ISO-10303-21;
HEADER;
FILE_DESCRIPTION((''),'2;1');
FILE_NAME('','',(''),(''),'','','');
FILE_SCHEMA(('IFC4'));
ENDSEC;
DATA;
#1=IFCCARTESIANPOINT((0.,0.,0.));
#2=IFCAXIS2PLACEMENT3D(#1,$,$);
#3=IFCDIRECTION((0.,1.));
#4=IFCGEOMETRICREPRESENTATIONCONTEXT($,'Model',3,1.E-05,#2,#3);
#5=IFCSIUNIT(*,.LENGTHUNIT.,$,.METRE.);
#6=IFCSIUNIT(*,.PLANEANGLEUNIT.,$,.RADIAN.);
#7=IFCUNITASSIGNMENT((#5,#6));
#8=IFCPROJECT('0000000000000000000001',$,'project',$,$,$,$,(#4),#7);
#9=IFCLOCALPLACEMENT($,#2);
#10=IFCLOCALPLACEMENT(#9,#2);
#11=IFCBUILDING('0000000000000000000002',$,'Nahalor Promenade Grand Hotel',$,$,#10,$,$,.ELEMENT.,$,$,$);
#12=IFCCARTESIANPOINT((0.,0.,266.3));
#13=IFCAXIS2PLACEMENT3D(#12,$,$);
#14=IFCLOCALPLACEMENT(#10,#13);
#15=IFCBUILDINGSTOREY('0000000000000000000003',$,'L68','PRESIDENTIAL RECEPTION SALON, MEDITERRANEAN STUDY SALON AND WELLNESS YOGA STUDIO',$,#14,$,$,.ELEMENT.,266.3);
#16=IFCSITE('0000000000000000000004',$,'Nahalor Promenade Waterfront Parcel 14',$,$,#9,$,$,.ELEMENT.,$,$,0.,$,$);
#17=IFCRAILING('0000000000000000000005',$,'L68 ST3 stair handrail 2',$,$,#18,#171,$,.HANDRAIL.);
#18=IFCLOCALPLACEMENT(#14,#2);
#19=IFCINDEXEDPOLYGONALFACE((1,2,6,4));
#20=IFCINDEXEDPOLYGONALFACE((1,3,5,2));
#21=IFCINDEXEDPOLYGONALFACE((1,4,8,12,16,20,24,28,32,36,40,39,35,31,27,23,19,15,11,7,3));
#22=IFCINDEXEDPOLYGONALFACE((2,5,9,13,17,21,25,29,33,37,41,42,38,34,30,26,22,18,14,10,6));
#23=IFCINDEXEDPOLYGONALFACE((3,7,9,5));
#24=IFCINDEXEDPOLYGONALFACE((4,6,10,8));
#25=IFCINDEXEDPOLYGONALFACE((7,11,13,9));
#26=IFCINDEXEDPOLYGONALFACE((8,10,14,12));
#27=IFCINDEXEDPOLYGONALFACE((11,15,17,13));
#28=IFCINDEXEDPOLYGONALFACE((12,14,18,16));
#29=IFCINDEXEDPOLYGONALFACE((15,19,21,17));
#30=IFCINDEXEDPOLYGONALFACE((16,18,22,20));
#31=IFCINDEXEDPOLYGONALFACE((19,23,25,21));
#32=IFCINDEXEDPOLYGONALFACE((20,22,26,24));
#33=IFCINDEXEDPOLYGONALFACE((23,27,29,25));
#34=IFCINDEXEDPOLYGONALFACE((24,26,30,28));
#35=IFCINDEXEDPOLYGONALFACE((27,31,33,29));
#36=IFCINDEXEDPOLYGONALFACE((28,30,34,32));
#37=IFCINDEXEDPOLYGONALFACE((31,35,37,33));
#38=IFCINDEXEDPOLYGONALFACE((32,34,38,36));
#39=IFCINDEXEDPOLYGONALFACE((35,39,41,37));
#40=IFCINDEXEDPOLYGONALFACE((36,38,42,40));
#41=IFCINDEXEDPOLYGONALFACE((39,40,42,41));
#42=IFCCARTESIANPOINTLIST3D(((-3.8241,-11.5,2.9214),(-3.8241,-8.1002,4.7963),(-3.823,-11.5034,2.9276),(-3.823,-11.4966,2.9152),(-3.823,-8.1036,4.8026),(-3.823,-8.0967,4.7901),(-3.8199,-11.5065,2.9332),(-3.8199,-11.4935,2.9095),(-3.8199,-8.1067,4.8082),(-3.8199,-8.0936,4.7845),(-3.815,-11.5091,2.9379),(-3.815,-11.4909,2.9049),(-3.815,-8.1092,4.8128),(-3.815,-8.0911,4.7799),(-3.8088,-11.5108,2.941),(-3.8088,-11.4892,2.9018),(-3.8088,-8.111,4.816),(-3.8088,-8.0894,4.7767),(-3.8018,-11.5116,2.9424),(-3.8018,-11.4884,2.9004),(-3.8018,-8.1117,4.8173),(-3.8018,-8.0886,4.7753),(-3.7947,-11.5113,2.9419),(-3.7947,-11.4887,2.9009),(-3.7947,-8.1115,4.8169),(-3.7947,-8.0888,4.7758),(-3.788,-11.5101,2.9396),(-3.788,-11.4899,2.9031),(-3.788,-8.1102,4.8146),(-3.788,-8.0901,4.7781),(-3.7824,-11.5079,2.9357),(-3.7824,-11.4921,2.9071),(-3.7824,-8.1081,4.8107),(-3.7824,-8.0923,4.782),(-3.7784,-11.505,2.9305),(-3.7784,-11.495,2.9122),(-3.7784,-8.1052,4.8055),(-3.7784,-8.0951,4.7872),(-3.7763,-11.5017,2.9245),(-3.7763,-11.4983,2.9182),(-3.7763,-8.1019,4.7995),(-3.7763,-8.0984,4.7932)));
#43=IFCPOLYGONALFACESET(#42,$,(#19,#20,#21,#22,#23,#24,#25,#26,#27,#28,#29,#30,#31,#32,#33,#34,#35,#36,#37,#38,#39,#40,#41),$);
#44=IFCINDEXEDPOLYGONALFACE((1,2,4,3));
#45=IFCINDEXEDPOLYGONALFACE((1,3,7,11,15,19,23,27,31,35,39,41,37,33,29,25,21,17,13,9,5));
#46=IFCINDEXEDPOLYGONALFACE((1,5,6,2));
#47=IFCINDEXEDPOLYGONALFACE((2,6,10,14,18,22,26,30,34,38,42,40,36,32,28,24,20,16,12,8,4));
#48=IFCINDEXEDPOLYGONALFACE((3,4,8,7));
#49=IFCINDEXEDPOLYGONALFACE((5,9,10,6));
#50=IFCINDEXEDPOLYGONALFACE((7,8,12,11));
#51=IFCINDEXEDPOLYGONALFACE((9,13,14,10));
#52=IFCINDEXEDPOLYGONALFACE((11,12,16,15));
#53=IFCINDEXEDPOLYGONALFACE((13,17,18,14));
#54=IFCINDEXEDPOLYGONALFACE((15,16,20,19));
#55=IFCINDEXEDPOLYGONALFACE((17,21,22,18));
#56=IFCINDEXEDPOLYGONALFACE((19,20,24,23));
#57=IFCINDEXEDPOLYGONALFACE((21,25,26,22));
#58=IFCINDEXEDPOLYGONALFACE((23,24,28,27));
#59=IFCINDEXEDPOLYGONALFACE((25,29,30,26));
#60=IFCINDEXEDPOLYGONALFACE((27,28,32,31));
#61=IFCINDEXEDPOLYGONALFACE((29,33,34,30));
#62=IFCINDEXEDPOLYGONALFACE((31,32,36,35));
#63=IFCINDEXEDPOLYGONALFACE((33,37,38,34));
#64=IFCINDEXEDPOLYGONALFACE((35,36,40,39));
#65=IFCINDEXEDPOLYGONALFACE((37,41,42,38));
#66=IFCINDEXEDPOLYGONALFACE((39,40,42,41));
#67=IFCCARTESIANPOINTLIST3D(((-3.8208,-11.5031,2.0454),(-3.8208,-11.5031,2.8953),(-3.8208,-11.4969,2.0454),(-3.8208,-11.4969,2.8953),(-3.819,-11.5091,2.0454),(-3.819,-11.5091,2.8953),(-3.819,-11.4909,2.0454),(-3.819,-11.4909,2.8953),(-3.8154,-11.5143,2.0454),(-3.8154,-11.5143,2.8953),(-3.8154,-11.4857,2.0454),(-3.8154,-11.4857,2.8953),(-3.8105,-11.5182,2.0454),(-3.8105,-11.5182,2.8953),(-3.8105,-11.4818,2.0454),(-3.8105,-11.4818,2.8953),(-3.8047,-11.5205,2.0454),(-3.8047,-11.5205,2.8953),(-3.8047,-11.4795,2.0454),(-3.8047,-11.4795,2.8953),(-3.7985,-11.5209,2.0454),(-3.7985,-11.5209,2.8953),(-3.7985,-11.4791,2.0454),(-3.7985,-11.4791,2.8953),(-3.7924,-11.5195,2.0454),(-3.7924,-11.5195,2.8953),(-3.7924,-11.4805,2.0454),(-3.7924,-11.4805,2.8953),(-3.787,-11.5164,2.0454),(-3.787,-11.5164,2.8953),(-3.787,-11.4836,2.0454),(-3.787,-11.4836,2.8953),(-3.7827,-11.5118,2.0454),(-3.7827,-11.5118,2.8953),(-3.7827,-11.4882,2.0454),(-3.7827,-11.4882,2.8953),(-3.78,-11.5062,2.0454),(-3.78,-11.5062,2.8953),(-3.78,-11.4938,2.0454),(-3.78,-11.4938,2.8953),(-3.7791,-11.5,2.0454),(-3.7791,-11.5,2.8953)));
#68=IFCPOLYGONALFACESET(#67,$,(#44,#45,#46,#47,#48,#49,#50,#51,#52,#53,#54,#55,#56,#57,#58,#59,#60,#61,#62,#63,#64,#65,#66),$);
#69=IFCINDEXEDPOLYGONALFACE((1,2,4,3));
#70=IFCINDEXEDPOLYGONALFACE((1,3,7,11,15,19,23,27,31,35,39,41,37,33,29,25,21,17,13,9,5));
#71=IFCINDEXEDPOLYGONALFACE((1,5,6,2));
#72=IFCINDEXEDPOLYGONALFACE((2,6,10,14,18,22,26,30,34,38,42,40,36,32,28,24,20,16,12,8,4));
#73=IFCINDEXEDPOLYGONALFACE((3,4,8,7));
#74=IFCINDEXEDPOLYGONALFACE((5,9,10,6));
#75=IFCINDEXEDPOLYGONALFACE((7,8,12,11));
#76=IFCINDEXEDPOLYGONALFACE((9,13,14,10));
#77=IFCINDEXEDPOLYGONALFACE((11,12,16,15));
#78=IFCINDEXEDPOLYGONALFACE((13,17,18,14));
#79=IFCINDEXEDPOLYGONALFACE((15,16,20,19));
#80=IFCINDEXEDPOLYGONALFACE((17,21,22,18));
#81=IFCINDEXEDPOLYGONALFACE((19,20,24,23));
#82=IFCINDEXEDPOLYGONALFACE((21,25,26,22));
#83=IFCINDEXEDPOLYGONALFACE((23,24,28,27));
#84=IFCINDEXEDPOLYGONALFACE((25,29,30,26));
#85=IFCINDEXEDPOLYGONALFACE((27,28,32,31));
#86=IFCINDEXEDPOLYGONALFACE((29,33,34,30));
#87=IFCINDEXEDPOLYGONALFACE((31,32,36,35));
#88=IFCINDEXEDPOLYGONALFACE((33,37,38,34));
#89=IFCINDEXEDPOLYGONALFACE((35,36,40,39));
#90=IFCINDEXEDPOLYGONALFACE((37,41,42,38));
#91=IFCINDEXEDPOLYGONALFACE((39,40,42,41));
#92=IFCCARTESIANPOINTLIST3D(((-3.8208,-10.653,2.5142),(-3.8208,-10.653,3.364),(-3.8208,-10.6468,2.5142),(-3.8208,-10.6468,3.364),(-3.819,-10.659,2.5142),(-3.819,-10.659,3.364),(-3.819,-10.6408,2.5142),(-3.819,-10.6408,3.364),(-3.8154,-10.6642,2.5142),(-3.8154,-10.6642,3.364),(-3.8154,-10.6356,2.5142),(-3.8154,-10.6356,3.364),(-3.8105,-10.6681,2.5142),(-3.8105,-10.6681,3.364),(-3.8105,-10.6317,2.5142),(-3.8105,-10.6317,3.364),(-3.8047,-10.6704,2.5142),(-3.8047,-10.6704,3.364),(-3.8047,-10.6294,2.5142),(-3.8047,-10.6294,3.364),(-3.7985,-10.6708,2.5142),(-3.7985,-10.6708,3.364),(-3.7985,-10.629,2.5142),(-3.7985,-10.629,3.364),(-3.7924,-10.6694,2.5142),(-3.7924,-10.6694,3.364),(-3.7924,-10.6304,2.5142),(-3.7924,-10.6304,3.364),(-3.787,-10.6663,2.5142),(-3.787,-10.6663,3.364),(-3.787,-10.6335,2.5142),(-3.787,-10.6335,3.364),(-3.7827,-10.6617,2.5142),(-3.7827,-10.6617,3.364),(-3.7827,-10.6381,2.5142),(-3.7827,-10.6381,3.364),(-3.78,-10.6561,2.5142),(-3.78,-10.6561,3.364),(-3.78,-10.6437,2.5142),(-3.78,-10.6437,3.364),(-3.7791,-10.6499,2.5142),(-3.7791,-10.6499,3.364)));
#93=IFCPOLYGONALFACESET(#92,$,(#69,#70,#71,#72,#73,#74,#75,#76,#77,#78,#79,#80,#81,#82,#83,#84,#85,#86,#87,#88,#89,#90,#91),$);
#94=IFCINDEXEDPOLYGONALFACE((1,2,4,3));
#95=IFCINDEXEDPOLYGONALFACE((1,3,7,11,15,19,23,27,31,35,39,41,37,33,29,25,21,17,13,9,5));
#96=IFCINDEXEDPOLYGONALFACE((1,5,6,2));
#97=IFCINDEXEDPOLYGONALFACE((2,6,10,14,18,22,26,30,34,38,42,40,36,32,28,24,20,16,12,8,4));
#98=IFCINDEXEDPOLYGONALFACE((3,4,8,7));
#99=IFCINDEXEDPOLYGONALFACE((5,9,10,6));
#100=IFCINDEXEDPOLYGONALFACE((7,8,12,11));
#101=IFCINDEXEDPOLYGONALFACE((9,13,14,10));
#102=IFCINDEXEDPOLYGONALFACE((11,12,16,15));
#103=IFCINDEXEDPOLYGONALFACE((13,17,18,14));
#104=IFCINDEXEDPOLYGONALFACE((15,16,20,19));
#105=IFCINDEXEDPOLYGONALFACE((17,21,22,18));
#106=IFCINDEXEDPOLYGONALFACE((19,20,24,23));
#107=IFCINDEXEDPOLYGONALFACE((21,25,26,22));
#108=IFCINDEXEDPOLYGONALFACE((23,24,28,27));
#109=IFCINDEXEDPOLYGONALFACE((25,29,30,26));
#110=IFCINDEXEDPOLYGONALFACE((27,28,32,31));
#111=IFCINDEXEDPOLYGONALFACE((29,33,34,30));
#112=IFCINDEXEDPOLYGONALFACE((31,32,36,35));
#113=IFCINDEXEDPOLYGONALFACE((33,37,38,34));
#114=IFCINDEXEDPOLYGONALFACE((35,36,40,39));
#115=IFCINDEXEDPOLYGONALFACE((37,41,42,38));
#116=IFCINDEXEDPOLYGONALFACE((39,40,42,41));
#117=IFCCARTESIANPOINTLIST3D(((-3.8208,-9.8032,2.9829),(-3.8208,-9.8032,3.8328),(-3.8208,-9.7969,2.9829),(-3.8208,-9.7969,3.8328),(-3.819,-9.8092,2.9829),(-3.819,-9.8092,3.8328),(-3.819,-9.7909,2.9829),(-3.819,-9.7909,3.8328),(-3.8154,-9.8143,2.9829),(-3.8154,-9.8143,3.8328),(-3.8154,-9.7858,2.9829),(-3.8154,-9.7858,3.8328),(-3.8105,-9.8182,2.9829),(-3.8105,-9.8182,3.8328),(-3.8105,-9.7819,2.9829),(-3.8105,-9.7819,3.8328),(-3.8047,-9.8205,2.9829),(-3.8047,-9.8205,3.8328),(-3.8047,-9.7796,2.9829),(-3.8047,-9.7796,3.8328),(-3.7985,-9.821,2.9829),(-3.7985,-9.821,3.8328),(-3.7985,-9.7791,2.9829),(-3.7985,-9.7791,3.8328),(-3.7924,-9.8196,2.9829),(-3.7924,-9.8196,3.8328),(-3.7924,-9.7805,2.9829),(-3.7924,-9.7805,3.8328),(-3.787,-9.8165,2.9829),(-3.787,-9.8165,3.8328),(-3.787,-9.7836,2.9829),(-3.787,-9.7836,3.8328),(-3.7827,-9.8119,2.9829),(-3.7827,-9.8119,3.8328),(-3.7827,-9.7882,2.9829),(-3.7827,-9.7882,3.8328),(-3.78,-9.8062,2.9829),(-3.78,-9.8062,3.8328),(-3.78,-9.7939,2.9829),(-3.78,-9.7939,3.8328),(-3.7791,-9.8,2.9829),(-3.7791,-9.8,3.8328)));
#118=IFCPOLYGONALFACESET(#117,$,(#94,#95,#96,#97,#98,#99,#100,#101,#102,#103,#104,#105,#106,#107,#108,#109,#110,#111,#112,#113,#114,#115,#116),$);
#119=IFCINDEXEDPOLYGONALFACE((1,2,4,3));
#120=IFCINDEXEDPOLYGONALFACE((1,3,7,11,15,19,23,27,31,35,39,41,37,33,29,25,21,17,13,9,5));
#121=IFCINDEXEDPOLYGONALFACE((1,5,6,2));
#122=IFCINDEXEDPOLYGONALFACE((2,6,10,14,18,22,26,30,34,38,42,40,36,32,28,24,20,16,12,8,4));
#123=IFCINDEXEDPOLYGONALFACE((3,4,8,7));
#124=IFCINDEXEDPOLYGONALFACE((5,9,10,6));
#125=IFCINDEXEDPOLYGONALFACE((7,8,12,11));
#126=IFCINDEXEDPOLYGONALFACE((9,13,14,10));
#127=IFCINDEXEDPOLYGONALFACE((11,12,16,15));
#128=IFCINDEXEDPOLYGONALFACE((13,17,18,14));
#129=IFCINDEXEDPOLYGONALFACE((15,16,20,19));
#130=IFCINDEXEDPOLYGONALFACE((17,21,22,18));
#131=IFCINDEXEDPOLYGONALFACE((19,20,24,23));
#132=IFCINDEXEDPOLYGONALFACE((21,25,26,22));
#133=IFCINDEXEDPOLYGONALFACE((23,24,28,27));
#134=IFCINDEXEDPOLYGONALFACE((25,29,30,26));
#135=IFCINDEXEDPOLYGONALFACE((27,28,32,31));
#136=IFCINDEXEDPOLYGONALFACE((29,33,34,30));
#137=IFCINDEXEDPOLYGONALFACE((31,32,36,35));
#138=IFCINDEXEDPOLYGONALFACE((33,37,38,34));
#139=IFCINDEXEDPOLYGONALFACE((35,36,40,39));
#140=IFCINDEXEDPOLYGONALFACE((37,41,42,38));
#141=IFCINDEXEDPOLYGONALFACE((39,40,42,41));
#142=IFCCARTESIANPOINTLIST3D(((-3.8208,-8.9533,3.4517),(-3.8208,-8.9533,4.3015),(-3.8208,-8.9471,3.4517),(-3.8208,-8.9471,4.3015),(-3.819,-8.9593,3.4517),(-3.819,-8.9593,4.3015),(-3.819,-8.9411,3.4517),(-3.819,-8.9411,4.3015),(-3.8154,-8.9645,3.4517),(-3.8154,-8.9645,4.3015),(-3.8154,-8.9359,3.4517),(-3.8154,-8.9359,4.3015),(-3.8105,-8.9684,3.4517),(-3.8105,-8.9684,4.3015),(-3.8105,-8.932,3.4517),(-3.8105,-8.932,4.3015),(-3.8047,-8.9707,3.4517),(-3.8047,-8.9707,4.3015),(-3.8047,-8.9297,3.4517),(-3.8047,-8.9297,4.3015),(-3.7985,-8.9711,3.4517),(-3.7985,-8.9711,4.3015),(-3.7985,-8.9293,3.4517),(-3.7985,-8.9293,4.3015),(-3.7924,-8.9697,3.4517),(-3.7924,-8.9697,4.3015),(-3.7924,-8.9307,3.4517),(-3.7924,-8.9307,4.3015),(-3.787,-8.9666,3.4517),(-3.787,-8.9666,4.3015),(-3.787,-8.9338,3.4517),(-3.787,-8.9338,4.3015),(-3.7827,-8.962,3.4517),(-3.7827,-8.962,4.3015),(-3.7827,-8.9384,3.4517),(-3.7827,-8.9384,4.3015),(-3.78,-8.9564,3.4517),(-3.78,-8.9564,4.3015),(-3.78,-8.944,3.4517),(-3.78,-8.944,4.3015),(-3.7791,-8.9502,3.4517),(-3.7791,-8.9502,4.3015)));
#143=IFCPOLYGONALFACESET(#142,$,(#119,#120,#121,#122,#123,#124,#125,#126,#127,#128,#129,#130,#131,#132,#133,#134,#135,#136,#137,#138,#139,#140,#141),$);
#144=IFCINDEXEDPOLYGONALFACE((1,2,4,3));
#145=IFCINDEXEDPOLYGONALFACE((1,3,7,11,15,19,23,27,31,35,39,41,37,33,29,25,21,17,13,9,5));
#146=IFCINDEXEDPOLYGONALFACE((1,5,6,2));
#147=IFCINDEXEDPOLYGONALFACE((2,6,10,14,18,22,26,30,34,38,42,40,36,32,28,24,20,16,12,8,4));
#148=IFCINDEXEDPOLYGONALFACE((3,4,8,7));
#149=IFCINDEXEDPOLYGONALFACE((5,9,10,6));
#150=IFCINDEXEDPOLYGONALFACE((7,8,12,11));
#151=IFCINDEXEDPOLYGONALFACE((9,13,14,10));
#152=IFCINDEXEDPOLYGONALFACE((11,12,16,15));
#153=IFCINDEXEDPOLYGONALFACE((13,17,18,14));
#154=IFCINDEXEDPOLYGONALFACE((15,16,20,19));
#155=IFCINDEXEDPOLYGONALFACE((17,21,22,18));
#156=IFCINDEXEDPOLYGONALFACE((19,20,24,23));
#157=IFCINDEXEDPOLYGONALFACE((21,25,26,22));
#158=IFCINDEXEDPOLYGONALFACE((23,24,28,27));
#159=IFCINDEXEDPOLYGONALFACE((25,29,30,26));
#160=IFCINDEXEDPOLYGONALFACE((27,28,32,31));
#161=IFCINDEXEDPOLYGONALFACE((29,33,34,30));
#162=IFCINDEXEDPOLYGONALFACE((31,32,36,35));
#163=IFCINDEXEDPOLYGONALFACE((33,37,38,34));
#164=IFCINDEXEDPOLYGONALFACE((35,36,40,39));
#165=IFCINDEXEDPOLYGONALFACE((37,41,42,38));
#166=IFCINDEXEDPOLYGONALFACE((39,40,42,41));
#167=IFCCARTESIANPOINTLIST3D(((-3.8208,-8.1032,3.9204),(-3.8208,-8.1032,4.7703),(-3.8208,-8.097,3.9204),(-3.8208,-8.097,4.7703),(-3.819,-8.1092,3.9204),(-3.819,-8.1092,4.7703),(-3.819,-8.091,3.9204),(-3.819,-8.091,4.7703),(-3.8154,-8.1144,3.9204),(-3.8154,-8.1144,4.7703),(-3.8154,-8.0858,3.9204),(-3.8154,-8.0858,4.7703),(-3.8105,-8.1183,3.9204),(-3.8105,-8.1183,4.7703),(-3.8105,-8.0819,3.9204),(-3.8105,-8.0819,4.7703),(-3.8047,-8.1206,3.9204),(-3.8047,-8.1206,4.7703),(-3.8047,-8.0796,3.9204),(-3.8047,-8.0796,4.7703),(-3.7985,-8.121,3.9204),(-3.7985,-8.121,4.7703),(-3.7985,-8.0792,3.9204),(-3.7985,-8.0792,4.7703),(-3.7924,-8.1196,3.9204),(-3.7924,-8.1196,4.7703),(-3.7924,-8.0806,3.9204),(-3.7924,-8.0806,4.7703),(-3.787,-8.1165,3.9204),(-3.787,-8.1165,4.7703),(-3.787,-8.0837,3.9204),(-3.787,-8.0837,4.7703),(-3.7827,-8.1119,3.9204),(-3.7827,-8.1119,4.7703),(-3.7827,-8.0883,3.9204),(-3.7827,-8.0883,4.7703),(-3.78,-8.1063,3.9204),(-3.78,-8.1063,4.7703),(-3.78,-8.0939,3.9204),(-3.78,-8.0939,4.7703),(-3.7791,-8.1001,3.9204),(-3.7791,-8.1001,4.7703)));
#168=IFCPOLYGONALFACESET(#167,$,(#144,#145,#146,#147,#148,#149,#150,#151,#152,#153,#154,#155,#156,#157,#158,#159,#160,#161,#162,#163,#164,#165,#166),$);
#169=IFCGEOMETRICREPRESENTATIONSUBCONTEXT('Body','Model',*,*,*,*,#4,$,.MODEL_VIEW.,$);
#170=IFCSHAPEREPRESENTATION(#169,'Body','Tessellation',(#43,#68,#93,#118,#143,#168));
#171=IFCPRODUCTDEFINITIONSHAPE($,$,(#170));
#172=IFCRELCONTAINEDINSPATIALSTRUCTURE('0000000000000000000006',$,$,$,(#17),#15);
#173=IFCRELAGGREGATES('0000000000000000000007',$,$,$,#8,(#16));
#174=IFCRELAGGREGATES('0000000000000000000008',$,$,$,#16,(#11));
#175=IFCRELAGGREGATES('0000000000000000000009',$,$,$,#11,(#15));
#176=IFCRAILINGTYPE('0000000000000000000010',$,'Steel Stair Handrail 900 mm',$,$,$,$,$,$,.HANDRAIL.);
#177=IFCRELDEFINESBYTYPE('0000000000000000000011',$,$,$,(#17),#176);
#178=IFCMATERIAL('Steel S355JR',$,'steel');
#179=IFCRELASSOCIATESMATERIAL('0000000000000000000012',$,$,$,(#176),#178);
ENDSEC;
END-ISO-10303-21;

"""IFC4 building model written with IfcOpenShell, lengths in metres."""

from ifc_helpers import new_model, si_unit, direction, frame, origin, origin_2d, place, context, subcontext, project, spatial, circle, extrude, material, type_object, element, save


model = new_model("IFC4")

# Units and contexts
model_context = context("Model", 3, precision=1e-05, world=origin(), true_north=direction((0.0, 1.0)))
body_context = subcontext(model_context, "Body", "Model", "MODEL_VIEW")
ifc_project = project(units=[si_unit("LENGTHUNIT", "METRE"), si_unit("PLANEANGLEUNIT", "RADIAN")], contexts=[model_context])

# Site, building, storey
site_placement = place(None, origin())
site = spatial("IfcSite", under=ifc_project, at=site_placement, Name="Nahalor Promenade Waterfront Parcel 14", CompositionType="ELEMENT", RefElevation=0.0)
building_placement = place(site_placement, origin())
building = spatial("IfcBuilding", under=site, at=building_placement, Name="Nahalor Promenade Grand Hotel", CompositionType="ELEMENT")
storey_placement = place(building_placement, frame((0.0, 0.0, 266.3)))
storey = spatial("IfcBuildingStorey", under=building, at=storey_placement, Name="L68", Description="PRESIDENTIAL RECEPTION SALON, MEDITERRANEAN STUDY SALON AND WELLNESS YOGA STUDIO", CompositionType="ELEMENT", Elevation=266.3)

# Shared definitions
ifc_material_1 = material(Name="Steel S355JR", Category="steel")

# Railing
railing_type_1 = type_object("IfcRailingType", Name="Steel Stair Handrail 900 mm", PredefinedType="HANDRAIL", material=ifc_material_1)
railing_1_placement = place(storey_placement, frame((-3.8, -11.5, 2.0454)))
element("IfcRailing", 1, at=railing_1_placement, inside=storey, type_object=railing_type_1, Name="L68 ST3 stair handrail 2", PredefinedType="HANDRAIL", context=body_context, shape_type="SweptSolid", body=[
    extrude(circle(Radius=0.024, at=origin_2d()), frame((0.0, 0.0, 0.876), z_axis=(0.0, 0.875666, 0.482918), x_axis=(-1.0, 0.0, 0.0)), (0.0, 0.0, 1.0), 3.8826),
    extrude(circle(Radius=0.021, at=origin_2d()), origin(), (0.0, 0.0, 1.0), 0.8499),
    extrude(circle(Radius=0.021, at=origin_2d()), frame((0.0, 0.8501, 0.4688)), (0.0, 0.0, 1.0), 0.8499),
    extrude(circle(Radius=0.021, at=origin_2d()), frame((0.0, 1.7, 0.9375)), (0.0, 0.0, 1.0), 0.8499),
    extrude(circle(Radius=0.021, at=origin_2d()), frame((0.0, 2.5498, 1.4062)), (0.0, 0.0, 1.0), 0.8499),
    extrude(circle(Radius=0.021, at=origin_2d()), frame((0.0, 3.3999, 1.875)), (0.0, 0.0, 1.0), 0.8499),
])

save(model, "model.ifc")
